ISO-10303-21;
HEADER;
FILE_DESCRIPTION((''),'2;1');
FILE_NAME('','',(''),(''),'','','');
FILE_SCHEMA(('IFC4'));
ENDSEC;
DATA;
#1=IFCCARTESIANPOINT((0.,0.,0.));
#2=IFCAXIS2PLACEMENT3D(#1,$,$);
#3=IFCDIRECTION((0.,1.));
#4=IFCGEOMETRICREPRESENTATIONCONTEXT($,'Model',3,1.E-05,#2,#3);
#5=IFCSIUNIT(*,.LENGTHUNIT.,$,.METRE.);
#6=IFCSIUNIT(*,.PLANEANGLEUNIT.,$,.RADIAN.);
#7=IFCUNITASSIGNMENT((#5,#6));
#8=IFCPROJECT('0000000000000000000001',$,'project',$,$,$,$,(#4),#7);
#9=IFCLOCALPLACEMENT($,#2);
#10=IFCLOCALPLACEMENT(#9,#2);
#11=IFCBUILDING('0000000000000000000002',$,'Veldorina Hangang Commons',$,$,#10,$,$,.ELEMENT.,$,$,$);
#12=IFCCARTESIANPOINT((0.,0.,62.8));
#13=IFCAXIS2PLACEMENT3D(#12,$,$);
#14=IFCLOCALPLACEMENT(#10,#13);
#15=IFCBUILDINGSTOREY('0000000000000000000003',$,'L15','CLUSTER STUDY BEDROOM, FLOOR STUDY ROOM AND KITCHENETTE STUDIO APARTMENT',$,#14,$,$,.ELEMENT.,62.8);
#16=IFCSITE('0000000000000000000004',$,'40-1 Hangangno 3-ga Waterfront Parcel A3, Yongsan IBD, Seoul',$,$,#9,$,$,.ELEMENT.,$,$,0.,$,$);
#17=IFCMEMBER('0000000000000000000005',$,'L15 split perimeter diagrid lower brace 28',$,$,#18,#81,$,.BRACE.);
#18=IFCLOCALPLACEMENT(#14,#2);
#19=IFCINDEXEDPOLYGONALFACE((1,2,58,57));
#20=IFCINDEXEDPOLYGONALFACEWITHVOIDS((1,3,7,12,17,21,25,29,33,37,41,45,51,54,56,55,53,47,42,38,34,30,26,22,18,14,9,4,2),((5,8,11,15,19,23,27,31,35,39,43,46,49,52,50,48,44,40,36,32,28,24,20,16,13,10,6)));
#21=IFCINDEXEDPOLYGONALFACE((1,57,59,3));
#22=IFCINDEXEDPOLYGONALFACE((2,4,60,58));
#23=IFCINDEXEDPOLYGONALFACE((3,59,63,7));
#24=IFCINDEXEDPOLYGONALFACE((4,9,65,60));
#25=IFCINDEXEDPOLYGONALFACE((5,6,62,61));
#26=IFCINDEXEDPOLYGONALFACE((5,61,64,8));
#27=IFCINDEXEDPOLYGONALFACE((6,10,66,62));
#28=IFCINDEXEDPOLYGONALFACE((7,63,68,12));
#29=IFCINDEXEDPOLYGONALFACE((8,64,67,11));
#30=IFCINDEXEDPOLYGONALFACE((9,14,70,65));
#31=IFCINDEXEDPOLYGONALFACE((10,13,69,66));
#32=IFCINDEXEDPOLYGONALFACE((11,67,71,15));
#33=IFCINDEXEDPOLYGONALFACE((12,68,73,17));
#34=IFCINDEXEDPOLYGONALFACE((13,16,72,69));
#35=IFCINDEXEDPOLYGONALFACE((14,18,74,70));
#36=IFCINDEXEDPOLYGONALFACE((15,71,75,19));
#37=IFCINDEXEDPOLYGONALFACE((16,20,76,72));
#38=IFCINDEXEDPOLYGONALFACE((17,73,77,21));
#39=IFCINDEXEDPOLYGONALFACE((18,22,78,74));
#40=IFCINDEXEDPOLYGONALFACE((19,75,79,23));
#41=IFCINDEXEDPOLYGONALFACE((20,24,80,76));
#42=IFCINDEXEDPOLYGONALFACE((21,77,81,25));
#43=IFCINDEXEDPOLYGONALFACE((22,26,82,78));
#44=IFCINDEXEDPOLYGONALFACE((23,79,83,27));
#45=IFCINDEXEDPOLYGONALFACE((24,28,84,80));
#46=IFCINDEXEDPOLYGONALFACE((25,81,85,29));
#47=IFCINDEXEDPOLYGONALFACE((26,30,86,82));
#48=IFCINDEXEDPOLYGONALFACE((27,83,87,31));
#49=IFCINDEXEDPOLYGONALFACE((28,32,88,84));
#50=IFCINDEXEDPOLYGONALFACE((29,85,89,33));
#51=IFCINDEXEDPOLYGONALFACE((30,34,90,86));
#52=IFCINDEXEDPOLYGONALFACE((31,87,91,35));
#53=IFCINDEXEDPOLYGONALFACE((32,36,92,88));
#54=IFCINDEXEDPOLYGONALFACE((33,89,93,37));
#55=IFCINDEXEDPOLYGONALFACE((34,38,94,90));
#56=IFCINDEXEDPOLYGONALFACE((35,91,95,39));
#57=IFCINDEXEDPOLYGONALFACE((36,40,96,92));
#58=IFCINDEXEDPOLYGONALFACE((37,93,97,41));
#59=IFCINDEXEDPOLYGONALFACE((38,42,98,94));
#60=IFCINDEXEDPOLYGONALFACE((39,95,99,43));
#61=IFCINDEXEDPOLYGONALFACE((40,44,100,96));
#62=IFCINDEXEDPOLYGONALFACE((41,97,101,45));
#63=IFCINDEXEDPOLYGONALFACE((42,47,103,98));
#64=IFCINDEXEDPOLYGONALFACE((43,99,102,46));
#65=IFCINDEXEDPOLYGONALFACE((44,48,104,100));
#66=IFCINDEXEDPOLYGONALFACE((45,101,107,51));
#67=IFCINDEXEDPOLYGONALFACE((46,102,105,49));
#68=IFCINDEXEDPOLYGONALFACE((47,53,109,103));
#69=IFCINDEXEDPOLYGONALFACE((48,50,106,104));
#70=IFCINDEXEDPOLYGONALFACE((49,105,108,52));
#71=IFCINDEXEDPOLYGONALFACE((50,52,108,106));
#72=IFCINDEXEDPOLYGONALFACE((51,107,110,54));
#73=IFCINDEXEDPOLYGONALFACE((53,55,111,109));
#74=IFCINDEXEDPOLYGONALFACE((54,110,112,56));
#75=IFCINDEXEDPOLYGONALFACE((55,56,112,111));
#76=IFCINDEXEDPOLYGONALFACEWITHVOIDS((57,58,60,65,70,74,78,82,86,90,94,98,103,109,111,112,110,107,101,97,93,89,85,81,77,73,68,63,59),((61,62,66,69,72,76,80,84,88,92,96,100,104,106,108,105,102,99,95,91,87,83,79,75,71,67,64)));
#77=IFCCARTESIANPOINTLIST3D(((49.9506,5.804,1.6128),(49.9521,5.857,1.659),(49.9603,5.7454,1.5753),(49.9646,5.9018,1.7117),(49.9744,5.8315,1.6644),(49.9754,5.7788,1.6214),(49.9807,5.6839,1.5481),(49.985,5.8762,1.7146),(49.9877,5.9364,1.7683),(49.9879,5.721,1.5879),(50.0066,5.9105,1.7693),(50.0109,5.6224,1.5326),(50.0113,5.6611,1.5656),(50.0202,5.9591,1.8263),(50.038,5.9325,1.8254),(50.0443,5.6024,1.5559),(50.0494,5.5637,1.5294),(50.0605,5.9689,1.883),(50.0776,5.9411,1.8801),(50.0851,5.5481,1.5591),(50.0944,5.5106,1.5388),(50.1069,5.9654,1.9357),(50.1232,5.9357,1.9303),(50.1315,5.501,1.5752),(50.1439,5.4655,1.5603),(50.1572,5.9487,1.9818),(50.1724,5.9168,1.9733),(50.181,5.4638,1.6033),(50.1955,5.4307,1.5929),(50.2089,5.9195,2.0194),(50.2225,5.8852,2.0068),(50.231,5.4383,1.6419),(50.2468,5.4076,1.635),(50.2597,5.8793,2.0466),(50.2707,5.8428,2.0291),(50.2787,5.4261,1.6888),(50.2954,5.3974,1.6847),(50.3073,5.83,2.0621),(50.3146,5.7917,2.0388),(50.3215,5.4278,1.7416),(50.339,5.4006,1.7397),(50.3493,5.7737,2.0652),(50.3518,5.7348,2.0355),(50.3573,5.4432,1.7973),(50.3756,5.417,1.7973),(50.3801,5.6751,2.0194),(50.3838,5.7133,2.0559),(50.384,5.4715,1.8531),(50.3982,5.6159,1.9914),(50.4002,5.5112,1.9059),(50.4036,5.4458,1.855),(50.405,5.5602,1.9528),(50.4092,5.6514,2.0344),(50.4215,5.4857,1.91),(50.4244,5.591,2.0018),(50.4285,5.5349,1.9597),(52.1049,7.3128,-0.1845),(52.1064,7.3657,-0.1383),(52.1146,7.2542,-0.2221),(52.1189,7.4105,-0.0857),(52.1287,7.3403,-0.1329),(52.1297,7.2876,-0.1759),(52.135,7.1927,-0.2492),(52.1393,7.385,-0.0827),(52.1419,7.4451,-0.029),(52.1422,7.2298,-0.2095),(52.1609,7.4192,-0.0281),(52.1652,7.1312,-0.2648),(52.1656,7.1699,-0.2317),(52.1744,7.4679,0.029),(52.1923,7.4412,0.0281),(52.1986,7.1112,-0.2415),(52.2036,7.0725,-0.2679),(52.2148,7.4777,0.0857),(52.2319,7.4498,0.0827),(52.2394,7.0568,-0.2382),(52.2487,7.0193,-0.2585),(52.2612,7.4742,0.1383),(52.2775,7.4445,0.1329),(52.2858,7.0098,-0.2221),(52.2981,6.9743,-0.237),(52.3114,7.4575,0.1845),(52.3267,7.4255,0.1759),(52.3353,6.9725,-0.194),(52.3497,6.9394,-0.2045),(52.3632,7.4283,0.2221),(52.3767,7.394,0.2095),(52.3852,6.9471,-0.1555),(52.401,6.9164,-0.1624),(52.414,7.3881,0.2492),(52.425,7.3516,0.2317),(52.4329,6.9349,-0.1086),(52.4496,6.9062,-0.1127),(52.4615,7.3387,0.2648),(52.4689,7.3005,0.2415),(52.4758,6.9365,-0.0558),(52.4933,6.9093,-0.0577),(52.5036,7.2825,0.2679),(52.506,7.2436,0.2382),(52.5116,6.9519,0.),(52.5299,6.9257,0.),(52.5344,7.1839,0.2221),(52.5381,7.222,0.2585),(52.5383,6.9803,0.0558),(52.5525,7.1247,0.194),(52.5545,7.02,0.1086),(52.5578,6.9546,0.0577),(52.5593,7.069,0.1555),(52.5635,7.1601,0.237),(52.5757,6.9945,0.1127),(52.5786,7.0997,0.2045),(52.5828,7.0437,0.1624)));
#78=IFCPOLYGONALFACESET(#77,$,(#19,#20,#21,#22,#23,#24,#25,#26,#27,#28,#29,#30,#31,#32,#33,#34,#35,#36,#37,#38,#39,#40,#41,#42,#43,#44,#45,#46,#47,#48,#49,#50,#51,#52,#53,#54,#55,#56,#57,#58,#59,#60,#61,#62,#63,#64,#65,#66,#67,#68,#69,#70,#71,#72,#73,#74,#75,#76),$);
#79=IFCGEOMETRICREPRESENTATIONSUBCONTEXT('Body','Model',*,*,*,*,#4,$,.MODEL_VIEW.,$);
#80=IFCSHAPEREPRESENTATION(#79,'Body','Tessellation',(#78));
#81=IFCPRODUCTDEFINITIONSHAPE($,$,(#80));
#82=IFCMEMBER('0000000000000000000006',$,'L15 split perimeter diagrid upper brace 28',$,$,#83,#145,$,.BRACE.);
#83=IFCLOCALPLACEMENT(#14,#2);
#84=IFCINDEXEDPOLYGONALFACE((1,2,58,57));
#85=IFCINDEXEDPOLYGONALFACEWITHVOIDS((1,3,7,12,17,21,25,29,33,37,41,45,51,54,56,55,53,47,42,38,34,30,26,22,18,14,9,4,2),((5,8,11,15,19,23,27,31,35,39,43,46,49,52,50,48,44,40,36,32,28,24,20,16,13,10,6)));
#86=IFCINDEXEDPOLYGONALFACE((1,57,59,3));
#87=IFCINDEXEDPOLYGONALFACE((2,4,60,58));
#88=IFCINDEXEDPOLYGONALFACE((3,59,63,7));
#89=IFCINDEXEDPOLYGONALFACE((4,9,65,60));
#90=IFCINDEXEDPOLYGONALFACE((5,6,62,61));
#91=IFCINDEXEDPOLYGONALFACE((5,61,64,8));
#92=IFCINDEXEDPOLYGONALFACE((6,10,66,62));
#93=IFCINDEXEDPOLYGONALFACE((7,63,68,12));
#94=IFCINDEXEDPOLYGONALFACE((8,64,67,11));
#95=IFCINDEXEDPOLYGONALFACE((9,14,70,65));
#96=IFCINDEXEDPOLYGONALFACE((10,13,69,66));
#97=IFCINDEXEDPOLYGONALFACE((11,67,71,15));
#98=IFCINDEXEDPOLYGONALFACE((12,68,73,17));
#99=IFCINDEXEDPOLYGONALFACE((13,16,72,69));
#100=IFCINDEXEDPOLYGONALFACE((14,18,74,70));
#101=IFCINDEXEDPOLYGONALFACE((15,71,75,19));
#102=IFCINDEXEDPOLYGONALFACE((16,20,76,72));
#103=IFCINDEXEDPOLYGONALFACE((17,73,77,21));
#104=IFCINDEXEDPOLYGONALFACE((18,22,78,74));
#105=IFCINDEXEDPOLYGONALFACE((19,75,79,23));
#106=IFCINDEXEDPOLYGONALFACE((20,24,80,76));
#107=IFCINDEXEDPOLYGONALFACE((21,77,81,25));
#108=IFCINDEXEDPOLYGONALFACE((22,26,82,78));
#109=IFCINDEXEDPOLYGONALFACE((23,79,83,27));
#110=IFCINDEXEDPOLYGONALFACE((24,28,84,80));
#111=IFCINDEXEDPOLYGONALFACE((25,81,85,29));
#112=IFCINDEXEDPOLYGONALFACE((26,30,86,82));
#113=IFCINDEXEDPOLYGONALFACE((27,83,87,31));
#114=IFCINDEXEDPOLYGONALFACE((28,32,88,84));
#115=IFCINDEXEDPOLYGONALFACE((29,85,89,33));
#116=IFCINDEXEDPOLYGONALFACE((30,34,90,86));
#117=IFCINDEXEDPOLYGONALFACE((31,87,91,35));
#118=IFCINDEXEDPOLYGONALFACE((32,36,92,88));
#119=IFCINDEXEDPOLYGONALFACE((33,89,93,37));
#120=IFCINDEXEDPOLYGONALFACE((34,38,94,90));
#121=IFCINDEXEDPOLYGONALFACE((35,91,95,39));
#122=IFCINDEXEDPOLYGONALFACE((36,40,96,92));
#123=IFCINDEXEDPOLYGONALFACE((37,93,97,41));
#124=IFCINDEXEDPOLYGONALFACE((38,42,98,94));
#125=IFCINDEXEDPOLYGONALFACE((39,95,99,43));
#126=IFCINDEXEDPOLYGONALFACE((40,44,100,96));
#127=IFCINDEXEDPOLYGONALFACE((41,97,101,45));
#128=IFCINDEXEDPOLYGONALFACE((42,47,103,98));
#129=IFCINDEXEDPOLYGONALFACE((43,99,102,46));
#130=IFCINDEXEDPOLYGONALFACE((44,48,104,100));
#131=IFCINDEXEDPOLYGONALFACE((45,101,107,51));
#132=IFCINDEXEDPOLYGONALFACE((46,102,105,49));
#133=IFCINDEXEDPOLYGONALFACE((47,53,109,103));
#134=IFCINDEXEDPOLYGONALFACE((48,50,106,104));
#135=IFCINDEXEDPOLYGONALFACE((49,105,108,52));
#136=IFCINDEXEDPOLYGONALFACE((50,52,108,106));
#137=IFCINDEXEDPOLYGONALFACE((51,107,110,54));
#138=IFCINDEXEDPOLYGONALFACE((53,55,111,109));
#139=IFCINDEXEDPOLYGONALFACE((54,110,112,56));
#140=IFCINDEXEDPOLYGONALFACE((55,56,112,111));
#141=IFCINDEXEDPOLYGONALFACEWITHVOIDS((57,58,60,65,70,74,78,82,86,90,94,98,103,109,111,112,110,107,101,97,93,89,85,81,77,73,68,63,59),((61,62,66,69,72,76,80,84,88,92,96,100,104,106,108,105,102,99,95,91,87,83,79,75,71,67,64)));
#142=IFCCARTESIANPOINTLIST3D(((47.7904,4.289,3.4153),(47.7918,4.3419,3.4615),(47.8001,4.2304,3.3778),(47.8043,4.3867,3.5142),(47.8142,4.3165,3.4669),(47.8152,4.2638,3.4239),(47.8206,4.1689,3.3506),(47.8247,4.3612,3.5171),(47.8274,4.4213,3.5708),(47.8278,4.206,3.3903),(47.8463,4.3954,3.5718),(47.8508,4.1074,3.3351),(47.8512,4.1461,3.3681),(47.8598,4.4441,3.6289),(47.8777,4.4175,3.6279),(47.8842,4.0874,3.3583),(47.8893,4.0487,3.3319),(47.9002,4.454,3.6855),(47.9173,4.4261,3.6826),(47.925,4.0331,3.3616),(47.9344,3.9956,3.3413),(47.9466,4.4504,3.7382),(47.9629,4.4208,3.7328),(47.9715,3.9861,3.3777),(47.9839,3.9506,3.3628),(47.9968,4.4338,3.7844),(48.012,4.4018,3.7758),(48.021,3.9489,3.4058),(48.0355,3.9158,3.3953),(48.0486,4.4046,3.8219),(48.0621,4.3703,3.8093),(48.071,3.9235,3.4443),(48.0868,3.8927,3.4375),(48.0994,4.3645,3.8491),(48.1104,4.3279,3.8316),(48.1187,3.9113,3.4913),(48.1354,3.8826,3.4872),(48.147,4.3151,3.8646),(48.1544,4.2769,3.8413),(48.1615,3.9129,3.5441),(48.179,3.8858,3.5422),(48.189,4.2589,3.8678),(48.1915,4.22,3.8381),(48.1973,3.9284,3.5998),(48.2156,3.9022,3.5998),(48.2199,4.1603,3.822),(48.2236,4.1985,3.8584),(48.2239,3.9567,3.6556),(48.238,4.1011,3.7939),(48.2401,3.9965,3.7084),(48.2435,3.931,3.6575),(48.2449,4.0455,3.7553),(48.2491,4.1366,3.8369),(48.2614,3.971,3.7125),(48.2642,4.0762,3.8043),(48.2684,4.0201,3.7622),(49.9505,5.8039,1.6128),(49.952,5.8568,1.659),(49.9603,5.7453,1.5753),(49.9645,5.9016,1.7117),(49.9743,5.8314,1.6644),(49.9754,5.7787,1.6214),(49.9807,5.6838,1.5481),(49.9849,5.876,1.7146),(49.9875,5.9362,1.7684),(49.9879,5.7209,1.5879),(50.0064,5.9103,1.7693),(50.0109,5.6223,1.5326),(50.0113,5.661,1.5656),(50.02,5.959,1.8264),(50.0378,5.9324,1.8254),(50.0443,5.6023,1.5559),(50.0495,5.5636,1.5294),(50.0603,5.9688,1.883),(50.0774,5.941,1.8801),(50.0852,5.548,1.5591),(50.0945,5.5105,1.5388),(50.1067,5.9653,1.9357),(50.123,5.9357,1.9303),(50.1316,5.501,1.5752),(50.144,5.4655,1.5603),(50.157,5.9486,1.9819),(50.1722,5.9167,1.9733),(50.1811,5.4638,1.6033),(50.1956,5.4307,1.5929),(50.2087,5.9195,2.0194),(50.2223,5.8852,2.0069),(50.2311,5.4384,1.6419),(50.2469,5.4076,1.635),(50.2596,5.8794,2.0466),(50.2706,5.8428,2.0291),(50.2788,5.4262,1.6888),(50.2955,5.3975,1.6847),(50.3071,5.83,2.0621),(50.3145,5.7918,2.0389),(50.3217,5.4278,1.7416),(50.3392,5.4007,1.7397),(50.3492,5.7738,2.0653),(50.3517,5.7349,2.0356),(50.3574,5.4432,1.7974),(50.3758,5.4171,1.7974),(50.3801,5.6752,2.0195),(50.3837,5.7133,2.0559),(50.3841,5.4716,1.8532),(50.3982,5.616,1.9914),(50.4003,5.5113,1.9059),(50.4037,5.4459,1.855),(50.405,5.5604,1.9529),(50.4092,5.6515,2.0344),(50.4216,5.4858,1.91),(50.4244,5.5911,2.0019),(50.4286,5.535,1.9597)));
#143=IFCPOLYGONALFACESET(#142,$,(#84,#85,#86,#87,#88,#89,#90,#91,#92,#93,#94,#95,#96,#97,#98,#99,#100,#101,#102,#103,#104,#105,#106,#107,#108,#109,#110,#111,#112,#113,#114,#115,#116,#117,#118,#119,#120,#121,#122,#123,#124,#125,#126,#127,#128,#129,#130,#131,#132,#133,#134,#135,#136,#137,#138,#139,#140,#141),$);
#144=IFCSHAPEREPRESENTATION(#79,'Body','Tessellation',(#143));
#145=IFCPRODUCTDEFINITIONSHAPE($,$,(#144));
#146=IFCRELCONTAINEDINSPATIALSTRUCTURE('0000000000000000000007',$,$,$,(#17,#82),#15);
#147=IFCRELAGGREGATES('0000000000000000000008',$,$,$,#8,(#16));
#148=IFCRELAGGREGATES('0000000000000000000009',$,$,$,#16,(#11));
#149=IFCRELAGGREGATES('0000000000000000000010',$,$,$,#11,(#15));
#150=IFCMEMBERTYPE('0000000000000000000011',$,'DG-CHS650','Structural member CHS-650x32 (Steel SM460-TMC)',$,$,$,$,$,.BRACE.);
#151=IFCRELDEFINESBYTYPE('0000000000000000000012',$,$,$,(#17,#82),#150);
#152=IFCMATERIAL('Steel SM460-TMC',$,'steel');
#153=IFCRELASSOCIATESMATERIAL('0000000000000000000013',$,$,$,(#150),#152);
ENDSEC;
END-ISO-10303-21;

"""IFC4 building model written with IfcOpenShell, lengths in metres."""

from ifc_helpers import new_model, si_unit, direction, frame, origin, origin_2d, place, context, subcontext, project, spatial, hollow_circle, extrude, material, material_profile, profile_set, type_object, element, save


model = new_model("IFC4")

# Units and contexts
model_context = context("Model", 3, precision=1e-05, world=origin(), true_north=direction((0.0, 1.0)))
body_context = subcontext(model_context, "Body", "Model", "MODEL_VIEW")
ifc_project = project(units=[si_unit("LENGTHUNIT", "METRE"), si_unit("PLANEANGLEUNIT", "RADIAN")], contexts=[model_context])

# Site, building, storey
site_placement = place(None, origin())
site = spatial("IfcSite", under=ifc_project, at=site_placement, Name="40-1 Hangangno 3-ga Waterfront Parcel A3, Yongsan IBD, Seoul", CompositionType="ELEMENT", RefElevation=0.0)
building_placement = place(site_placement, origin())
building = spatial("IfcBuilding", under=site, at=building_placement, Name="Veldorina Hangang Commons", CompositionType="ELEMENT")
storey_placement = place(building_placement, frame((0.0, 0.0, 62.8)))
storey = spatial("IfcBuildingStorey", under=building, at=storey_placement, Name="L15", Description="CLUSTER STUDY BEDROOM, FLOOR STUDY ROOM AND KITCHENETTE STUDIO APARTMENT", CompositionType="ELEMENT", Elevation=62.8)

# Members
ifc_material_1 = material(Name="Steel SM460-TMC", Category="steel")
ifc_material_profile_1 = material_profile(ifc_material_1, hollow_circle(Radius=0.325, WallThickness=0.032, at=origin_2d()), Name="CHS-650x32")
ifc_profile_set_1 = profile_set([ifc_material_profile_1], Name="Steel SM460-TMC")
member_type_1 = type_object("IfcMemberType", Name="DG-CHS650", Description="Structural member CHS-650x32 (Steel SM460-TMC)", PredefinedType="BRACE", material=ifc_profile_set_1)
member_1_placement = place(storey_placement, frame((52.3435, 7.1919, 0.0), z_axis=(-0.676264, -0.47363, 0.564218), x_axis=(0.573662, -0.819092, 0.0)))
element("IfcMember", 1, at=member_1_placement, inside=storey, type_object=member_type_1, Name="L15 split perimeter diagrid lower brace 28", PredefinedType="BRACE", context=body_context, shape_type="SweptSolid", body=[
    extrude(hollow_circle(Radius=0.325, WallThickness=0.032, at=origin_2d()), origin(), (0.0, 0.0, 1.0), 3.1855),
])
member_2_placement = place(storey_placement, frame((50.1892, 5.6831, 1.7974), z_axis=(-0.676035, -0.474096, 0.564101), x_axis=(0.57417, -0.818736, 0.0)))
element("IfcMember", 2, at=member_2_placement, inside=storey, type_object=member_type_1, Name="L15 split perimeter diagrid upper brace 28", PredefinedType="BRACE", context=body_context, shape_type="SweptSolid", body=[
    extrude(hollow_circle(Radius=0.325, WallThickness=0.032, at=origin_2d()), origin(), (0.0, 0.0, 1.0), 3.1953),
])

save(model, "model.ifc")
